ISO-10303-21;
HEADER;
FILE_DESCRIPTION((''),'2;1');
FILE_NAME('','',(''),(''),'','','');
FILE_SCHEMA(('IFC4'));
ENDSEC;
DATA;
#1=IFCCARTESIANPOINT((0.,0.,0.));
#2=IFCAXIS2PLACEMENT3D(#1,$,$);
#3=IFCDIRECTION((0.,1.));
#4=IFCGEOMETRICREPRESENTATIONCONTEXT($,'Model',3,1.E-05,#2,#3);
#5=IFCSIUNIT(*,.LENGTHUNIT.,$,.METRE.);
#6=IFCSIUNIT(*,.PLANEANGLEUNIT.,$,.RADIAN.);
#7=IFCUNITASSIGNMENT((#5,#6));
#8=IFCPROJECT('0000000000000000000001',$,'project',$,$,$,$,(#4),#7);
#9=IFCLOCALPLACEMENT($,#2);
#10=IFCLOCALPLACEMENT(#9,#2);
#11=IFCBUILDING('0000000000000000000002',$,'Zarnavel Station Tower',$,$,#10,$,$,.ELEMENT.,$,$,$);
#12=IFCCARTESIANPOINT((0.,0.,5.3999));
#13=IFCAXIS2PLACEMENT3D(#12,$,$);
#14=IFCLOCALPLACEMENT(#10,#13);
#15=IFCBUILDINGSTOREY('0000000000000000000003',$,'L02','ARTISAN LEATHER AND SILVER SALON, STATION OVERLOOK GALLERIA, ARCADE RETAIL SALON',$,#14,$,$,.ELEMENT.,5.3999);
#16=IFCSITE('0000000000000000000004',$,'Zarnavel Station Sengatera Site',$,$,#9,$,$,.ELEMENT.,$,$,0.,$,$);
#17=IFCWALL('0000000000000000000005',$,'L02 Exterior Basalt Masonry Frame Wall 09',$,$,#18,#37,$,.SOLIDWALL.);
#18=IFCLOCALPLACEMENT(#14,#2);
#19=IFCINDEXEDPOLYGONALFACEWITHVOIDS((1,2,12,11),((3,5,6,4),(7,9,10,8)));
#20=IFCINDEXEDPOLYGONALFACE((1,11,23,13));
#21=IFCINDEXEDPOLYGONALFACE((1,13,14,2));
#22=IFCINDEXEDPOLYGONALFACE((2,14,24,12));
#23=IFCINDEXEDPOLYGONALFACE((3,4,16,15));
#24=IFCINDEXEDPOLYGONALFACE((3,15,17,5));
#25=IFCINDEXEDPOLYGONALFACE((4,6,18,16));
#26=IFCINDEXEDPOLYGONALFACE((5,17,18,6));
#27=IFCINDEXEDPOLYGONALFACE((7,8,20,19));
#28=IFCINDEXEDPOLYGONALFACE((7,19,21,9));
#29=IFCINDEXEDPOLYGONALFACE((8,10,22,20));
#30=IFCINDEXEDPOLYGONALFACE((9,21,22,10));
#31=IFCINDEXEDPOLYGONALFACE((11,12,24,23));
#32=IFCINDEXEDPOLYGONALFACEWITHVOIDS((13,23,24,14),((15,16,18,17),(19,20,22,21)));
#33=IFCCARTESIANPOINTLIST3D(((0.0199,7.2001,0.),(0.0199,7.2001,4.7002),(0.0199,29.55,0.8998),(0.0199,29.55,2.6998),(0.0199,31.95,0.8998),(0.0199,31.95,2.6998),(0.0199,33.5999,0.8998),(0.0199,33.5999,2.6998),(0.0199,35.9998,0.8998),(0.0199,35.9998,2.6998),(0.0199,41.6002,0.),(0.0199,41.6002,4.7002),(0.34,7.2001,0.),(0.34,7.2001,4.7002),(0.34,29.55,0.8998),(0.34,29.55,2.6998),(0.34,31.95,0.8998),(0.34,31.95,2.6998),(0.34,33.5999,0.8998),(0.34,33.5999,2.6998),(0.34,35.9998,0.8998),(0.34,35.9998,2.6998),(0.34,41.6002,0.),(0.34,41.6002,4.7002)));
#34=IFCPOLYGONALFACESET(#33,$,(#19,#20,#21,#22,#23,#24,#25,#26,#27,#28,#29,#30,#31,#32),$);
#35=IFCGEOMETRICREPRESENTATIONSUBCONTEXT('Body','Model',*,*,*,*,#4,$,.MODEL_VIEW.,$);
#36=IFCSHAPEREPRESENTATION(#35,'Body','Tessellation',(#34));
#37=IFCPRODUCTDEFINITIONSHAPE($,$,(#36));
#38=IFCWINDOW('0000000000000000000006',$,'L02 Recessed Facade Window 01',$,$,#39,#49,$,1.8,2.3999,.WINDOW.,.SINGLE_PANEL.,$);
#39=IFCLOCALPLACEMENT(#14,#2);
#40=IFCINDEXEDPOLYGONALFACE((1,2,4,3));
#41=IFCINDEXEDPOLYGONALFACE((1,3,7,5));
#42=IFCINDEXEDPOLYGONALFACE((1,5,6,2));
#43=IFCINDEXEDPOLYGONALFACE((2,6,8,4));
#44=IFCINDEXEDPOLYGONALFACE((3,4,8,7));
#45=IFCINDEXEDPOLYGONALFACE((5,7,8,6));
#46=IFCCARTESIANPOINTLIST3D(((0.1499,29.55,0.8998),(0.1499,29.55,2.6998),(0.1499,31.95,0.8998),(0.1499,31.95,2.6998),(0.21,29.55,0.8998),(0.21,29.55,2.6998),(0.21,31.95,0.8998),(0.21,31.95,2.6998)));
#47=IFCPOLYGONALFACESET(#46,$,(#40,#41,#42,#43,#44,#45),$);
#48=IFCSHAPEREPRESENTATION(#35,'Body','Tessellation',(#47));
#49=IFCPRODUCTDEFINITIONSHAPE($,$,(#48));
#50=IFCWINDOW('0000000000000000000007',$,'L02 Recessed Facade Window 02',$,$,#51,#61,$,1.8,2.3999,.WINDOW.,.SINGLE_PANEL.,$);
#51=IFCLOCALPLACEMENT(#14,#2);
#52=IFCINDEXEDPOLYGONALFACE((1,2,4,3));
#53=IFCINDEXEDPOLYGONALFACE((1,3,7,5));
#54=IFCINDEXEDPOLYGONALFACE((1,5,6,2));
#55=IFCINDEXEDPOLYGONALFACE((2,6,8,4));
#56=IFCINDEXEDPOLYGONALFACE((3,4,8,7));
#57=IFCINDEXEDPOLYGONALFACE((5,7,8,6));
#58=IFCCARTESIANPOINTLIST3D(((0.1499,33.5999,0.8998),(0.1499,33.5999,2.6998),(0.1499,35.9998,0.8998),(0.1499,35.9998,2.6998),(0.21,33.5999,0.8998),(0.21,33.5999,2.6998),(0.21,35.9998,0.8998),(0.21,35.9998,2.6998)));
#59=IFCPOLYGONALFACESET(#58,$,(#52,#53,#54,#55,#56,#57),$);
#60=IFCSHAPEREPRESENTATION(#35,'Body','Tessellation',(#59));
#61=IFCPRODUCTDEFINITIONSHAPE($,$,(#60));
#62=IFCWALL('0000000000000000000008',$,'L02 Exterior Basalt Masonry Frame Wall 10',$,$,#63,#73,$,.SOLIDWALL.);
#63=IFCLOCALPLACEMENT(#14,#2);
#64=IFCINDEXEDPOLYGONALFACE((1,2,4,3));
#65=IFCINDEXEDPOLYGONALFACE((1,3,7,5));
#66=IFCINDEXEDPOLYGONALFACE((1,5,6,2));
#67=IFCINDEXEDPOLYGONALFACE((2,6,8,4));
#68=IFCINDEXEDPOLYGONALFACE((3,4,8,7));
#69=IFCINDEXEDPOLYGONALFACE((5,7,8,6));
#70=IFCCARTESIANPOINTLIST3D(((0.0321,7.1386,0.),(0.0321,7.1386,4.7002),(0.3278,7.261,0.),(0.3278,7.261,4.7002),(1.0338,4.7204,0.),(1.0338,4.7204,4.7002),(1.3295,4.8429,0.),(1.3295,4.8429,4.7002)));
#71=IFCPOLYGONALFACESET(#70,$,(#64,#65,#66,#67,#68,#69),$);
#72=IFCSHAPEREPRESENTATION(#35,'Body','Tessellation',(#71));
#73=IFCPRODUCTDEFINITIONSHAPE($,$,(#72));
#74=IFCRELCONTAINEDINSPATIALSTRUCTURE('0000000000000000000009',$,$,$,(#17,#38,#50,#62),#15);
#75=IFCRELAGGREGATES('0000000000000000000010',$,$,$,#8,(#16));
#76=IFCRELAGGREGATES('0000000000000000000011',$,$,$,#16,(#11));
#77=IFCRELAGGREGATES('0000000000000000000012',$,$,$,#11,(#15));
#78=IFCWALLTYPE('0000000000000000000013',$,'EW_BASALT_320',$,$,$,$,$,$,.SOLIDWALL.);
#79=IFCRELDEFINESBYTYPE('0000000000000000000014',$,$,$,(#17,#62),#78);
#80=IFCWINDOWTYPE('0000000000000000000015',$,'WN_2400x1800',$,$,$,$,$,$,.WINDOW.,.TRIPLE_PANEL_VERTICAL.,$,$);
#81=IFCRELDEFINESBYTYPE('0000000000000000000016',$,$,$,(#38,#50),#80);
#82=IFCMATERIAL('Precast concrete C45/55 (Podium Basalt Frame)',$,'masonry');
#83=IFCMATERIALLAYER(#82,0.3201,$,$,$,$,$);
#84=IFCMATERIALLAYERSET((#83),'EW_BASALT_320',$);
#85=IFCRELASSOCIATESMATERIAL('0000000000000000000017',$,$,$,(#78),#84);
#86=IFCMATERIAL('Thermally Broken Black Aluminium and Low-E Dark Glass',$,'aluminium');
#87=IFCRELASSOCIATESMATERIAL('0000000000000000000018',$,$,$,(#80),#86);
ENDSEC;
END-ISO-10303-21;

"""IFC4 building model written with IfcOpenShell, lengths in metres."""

from ifc_helpers import new_model, si_unit, direction, frame, frame_2d, origin, place, context, subcontext, project, spatial, rectangle, extrude, material, layer, layer_set, type_object, element, fill, save


model = new_model("IFC4")

# Units and contexts
model_context = context("Model", 3, precision=1e-05, world=origin(), true_north=direction((0.0, 1.0)))
body_context = subcontext(model_context, "Body", "Model", "MODEL_VIEW")
ifc_project = project(units=[si_unit("LENGTHUNIT", "METRE"), si_unit("PLANEANGLEUNIT", "RADIAN")], contexts=[model_context])

# Site, building, storey
site_placement = place(None, origin())
site = spatial("IfcSite", under=ifc_project, at=site_placement, Name="Zarnavel Station Sengatera Site", CompositionType="ELEMENT", RefElevation=0.0)
building_placement = place(site_placement, origin())
building = spatial("IfcBuilding", under=site, at=building_placement, Name="Zarnavel Station Tower", CompositionType="ELEMENT")
storey_placement = place(building_placement, frame((0.0, 0.0, 5.3999)))
storey = spatial("IfcBuildingStorey", under=building, at=storey_placement, Name="L02", Description="ARTISAN LEATHER AND SILVER SALON, STATION OVERLOOK GALLERIA, ARCADE RETAIL SALON", CompositionType="ELEMENT", Elevation=5.3999)

# Wall, openings, windows
ifc_material_1 = material(Name="Precast concrete C45/55 (Podium Basalt Frame)", Category="masonry")
ifc_layer = layer(ifc_material_1, 0.3201)
ifc_layer_set = layer_set([ifc_layer], Name="EW_BASALT_320")
wall_type = type_object("IfcWallType", Name="EW_BASALT_320", PredefinedType="SOLIDWALL", material=ifc_layer_set)
wall_1_placement = place(storey_placement, frame((0.1799, 7.2, 0.0), z_axis=(0.0, 0.0, 1.0), x_axis=(0.0, 1.0, 0.0)))
wall_1 = element("IfcWall", 1, at=wall_1_placement, inside=storey, type_object=wall_type, Name="L02 Exterior Basalt Masonry Frame Wall 09", PredefinedType="SOLIDWALL", context=body_context, shape_type="SweptSolid", body=[
    extrude(rectangle(XDim=34.4001, YDim=0.3201, at=frame_2d((17.2002, 0.0))), origin(), (0.0, 0.0, 1.0), 4.7002),
])
opening_1_placement = place(wall_1_placement, frame((22.3501, 0.0, 0.8999)))
opening_1 = element("IfcOpeningElement", 2, at=opening_1_placement, cuts=wall_1, PredefinedType="OPENING", context=body_context, shape_type="SweptSolid", body=[
    extrude(rectangle(XDim=2.3999, YDim=1.8, at=frame_2d((1.2, 0.8999))), frame((0.0, 0.1699, 0.0), z_axis=(0.0, -1.0, 0.0), x_axis=(1.0, 0.0, 0.0)), (0.0, 0.0, 1.0), 0.3401),
])
opening_2_placement = place(wall_1_placement, frame((26.3999, 0.0, 0.8999)))
opening_2 = element("IfcOpeningElement", 3, at=opening_2_placement, cuts=wall_1, PredefinedType="OPENING", context=body_context, shape_type="SweptSolid", body=[
    extrude(rectangle(XDim=2.3999, YDim=1.8, at=frame_2d((1.2, 0.8999))), frame((0.0, 0.1699, 0.0), z_axis=(0.0, -1.0, 0.0), x_axis=(1.0, 0.0, 0.0)), (0.0, 0.0, 1.0), 0.3401),
])
ifc_material_2 = material(Name="Thermally Broken Black Aluminium and Low-E Dark Glass", Category="aluminium")
window_type = type_object("IfcWindowType", Name="WN_2400x1800", PartitioningType="TRIPLE_PANEL_VERTICAL", PredefinedType="WINDOW", material=ifc_material_2)
window_1_placement = place(opening_1_placement, origin())
window_1 = element("IfcWindow", 4, at=window_1_placement, inside=storey, type_object=window_type, Name="L02 Recessed Facade Window 01", OverallHeight=1.8, OverallWidth=2.3999, PartitioningType="SINGLE_PANEL", PredefinedType="WINDOW", context=body_context, shape_type="SweptSolid", body=[
    extrude(rectangle(XDim=2.3999, YDim=1.8, at=frame_2d((1.2, 0.8999))), frame((0.0, 0.03, 0.0), z_axis=(0.0, -1.0, 0.0), x_axis=(1.0, 0.0, 0.0)), (0.0, 0.0, 1.0), 0.0601),
])
fill(opening_1, window_1)
window_2_placement = place(opening_2_placement, origin())
window_2 = element("IfcWindow", 5, at=window_2_placement, inside=storey, type_object=window_type, Name="L02 Recessed Facade Window 02", OverallHeight=1.8, OverallWidth=2.3999, PartitioningType="SINGLE_PANEL", PredefinedType="WINDOW", context=body_context, shape_type="SweptSolid", body=[
    extrude(rectangle(XDim=2.3999, YDim=1.8, at=frame_2d((1.2, 0.8999))), frame((0.0, 0.03, 0.0), z_axis=(0.0, -1.0, 0.0), x_axis=(1.0, 0.0, 0.0)), (0.0, 0.0, 1.0), 0.0601),
])
fill(opening_2, window_2)

# Wall
wall_2_placement = place(storey_placement, frame((1.1816, 4.7817, 0.0), z_axis=(0.0, 0.0, 1.0), x_axis=(-0.382701, 0.923872, 0.0)))
element("IfcWall", 6, at=wall_2_placement, inside=storey, type_object=wall_type, Name="L02 Exterior Basalt Masonry Frame Wall 10", PredefinedType="SOLIDWALL", context=body_context, shape_type="SweptSolid", body=[
    extrude(rectangle(XDim=2.6174, YDim=0.3201, at=frame_2d((1.3086, 0.0))), origin(), (0.0, 0.0, 1.0), 4.7002),
])

save(model, "model.ifc")
